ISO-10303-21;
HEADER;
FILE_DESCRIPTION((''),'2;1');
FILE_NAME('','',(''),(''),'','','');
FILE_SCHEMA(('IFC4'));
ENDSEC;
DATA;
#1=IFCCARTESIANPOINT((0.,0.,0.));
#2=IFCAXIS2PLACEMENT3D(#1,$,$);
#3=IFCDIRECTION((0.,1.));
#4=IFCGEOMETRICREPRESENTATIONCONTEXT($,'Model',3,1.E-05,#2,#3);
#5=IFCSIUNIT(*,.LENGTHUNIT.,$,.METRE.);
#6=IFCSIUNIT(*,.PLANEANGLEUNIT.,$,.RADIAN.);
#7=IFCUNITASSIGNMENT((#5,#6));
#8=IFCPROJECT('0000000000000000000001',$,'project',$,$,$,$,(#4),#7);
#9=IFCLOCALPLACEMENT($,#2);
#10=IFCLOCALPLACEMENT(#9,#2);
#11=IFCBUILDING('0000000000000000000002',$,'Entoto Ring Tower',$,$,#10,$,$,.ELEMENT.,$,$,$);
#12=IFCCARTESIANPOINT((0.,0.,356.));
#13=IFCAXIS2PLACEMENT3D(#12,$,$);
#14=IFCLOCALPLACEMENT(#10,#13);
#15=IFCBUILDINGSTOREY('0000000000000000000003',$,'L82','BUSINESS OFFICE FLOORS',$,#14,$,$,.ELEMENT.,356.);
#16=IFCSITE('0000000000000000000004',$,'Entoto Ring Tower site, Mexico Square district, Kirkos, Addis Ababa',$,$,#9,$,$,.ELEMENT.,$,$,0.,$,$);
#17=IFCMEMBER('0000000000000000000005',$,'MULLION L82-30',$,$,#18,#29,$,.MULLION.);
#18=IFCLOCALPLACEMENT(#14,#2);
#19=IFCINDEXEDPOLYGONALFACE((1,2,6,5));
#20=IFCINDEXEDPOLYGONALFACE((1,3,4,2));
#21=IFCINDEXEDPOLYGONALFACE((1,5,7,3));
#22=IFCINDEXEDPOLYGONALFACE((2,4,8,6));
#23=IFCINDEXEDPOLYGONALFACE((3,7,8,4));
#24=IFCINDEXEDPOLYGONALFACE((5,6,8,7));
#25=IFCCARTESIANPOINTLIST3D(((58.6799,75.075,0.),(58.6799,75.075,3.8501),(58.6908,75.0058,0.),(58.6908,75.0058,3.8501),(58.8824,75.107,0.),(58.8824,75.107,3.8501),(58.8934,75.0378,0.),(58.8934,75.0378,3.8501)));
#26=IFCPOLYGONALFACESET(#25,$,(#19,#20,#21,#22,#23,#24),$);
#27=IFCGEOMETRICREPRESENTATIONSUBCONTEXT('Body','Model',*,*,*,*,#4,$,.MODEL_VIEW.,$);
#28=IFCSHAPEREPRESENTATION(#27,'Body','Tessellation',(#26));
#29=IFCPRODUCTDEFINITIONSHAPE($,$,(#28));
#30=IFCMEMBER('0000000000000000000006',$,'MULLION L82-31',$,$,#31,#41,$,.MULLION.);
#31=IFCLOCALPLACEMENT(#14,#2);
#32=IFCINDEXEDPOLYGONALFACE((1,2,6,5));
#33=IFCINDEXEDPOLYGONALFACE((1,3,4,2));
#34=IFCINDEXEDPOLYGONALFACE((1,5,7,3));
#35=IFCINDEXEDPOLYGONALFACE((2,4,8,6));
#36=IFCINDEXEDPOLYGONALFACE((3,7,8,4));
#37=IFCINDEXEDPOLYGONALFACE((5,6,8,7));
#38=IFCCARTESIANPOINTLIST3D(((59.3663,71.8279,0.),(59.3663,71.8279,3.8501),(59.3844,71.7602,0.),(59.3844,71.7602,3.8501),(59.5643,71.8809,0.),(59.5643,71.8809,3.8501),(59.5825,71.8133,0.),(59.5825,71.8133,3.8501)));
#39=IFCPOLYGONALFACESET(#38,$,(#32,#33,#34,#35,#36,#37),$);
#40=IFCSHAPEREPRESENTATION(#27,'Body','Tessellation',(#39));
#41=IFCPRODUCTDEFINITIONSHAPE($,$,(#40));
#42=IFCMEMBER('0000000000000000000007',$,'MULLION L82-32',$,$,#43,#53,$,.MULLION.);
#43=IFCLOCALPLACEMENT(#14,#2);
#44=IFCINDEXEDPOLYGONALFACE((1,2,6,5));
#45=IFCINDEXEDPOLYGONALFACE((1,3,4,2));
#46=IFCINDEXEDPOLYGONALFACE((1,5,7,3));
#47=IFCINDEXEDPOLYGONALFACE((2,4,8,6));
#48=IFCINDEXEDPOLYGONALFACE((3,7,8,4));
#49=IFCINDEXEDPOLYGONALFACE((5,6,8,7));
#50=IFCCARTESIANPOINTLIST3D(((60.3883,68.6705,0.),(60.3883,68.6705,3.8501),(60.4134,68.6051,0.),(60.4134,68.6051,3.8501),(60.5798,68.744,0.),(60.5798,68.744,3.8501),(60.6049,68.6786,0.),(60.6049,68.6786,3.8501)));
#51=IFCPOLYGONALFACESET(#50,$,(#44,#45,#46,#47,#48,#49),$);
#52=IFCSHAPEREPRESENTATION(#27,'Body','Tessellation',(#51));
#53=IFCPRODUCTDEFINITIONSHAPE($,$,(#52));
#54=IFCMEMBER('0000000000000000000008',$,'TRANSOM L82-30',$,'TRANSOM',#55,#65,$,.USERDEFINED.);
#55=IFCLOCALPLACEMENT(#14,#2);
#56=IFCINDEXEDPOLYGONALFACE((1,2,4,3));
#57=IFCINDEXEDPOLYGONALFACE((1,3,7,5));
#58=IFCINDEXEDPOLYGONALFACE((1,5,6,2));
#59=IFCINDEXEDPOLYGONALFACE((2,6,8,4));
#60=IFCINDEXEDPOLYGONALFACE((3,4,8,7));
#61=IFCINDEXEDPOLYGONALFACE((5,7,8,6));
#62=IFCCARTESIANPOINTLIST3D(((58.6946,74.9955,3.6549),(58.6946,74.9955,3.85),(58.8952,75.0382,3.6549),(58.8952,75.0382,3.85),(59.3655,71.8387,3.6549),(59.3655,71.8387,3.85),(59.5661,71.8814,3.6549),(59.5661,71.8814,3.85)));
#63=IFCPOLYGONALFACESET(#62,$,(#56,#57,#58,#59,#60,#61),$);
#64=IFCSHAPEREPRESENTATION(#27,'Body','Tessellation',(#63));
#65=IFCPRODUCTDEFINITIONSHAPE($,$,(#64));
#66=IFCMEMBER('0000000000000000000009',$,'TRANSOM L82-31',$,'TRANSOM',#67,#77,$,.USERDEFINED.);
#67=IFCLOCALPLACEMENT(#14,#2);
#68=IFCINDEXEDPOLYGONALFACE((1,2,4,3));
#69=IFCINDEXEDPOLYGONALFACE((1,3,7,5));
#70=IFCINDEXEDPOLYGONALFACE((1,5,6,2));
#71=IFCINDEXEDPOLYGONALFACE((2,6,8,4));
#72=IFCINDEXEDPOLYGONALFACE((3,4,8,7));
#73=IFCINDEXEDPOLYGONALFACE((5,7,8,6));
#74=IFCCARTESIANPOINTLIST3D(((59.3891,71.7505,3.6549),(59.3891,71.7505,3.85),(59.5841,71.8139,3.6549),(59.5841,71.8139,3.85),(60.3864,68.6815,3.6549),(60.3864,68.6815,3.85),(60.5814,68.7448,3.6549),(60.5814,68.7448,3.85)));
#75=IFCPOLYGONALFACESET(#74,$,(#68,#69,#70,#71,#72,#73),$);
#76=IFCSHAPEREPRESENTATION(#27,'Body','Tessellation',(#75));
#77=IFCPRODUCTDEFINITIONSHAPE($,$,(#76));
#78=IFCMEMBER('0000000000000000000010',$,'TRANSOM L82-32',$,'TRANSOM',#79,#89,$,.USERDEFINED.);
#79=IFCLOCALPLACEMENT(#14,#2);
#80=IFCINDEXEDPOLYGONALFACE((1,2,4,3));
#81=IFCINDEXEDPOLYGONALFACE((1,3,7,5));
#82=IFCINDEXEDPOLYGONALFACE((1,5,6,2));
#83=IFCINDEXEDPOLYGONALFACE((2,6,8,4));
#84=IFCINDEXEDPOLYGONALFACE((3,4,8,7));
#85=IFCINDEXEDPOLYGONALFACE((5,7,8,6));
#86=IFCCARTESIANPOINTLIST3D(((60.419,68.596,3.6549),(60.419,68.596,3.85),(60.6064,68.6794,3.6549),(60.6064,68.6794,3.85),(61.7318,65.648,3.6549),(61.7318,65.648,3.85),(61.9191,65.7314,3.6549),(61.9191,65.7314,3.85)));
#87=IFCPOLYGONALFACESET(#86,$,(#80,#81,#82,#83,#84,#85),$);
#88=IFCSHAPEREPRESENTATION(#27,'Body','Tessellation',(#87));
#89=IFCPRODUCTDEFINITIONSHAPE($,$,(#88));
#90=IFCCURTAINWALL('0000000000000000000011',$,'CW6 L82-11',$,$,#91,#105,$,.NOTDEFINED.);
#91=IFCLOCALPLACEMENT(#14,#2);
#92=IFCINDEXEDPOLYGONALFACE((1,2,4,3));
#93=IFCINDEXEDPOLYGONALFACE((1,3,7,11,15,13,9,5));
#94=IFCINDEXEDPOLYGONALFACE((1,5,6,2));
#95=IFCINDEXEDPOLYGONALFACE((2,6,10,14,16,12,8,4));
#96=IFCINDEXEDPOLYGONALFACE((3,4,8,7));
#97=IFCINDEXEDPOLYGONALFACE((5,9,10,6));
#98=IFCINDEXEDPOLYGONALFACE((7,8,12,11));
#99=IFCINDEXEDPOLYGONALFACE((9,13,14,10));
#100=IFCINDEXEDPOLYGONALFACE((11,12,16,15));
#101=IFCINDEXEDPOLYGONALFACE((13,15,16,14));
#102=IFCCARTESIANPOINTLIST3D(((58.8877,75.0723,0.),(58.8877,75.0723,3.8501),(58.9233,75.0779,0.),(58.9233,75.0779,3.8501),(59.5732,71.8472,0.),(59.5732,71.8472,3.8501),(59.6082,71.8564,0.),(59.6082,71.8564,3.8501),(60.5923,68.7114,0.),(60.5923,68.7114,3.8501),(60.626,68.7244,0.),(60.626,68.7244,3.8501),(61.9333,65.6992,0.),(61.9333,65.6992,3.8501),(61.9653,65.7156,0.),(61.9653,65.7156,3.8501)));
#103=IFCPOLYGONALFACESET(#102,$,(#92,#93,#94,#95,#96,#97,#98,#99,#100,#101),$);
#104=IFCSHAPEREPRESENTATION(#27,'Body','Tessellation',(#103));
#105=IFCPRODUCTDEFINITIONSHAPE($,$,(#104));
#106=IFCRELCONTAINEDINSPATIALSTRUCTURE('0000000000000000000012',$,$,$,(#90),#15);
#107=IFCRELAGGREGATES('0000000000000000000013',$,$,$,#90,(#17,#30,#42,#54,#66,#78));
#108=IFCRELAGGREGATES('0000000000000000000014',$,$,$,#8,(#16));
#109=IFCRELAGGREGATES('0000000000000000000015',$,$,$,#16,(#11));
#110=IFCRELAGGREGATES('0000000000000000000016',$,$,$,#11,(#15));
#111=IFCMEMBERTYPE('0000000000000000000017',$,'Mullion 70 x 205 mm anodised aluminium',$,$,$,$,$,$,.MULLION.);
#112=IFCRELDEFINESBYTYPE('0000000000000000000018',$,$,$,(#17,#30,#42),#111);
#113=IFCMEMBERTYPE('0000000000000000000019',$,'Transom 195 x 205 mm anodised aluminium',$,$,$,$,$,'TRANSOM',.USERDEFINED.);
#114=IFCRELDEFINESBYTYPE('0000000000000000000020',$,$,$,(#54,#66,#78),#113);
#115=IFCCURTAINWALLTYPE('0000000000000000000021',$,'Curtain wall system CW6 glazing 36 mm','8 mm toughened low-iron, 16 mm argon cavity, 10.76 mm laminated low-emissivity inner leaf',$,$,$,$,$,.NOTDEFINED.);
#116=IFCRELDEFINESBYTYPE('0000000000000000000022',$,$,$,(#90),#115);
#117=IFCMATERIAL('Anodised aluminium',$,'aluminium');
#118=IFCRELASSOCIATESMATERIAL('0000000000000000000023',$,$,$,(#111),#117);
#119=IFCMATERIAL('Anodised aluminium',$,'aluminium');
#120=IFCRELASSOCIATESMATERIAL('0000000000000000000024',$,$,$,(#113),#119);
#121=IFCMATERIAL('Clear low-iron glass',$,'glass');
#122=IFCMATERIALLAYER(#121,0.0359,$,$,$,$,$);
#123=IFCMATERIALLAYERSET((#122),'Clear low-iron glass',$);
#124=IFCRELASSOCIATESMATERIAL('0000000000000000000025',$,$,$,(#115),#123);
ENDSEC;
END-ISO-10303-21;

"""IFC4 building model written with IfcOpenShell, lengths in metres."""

from ifc_helpers import new_model, si_unit, direction, frame, origin, origin_2d, place, context, subcontext, project, spatial, polyline, rectangle, outline, extrude, material, layer, layer_set, material_profile, profile_set, type_object, element, aggregate, save


model = new_model("IFC4")

# Units and contexts
model_context = context("Model", 3, precision=1e-05, world=origin(), true_north=direction((0.0, 1.0)))
body_context = subcontext(model_context, "Body", "Model", "MODEL_VIEW")
ifc_project = project(units=[si_unit("LENGTHUNIT", "METRE"), si_unit("PLANEANGLEUNIT", "RADIAN")], contexts=[model_context])

# Members
ifc_material_1 = material(Name="Anodised aluminium", Category="aluminium")
ifc_material_profile_1 = material_profile(ifc_material_1, rectangle(XDim=0.0701, YDim=0.2051, at=origin_2d()), Name="Mullion 70 x 205 mm anodised aluminium")
ifc_profile_set_1 = profile_set([ifc_material_profile_1], Name="Anodised aluminium")
member_type_1 = type_object("IfcMemberType", Name="Mullion 70 x 205 mm anodised aluminium", PredefinedType="MULLION", material=ifc_profile_set_1)
site_placement = place(None, origin())
building_placement = place(site_placement, origin())
storey_placement = place(building_placement, frame((0.0, 0.0, 356.0)))
member_1_placement = place(storey_placement, frame((58.7866, 75.0564, 0.0), z_axis=(0.0, 0.0, 1.0), x_axis=(0.156434, -0.987688, 0.0)))
member_1 = element("IfcMember", 1, at=member_1_placement, type_object=member_type_1, Name="MULLION L82-30", PredefinedType="MULLION", context=body_context, shape_type="SweptSolid", body=[
    extrude(rectangle(XDim=0.0701, YDim=0.2051, at=origin_2d()), origin(), (0.0, 0.0, 1.0), 3.8501),
])
member_2_placement = place(storey_placement, frame((59.4744, 71.8206, 0.0), z_axis=(0.0, 0.0, 1.0), x_axis=(0.258819, -0.965926, 0.0)))
member_2 = element("IfcMember", 2, at=member_2_placement, type_object=member_type_1, Name="MULLION L82-31", PredefinedType="MULLION", context=body_context, shape_type="SweptSolid", body=[
    extrude(rectangle(XDim=0.0701, YDim=0.2051, at=origin_2d()), origin(), (0.0, 0.0, 1.0), 3.8501),
])
member_3_placement = place(storey_placement, frame((60.4966, 68.6746, 0.0), z_axis=(0.0, 0.0, 1.0), x_axis=(0.358368, -0.93358, 0.0)))
member_3 = element("IfcMember", 3, at=member_3_placement, type_object=member_type_1, Name="MULLION L82-32", PredefinedType="MULLION", context=body_context, shape_type="SweptSolid", body=[
    extrude(rectangle(XDim=0.0701, YDim=0.2051, at=origin_2d()), origin(), (0.0, 0.0, 1.0), 3.8501),
])
ifc_material_2 = material(Name="Anodised aluminium", Category="aluminium")
ifc_material_profile_2 = material_profile(ifc_material_2, rectangle(XDim=0.2051, YDim=0.1951, at=origin_2d()), Name="Transom 195 x 205 mm anodised aluminium")
ifc_profile_set_2 = profile_set([ifc_material_profile_2], Name="Anodised aluminium")
member_type_2 = type_object("IfcMemberType", Name="Transom 195 x 205 mm anodised aluminium", ElementType="TRANSOM", PredefinedType="USERDEFINED", material=ifc_profile_set_2)
member_4_placement = place(storey_placement, frame((58.7949, 75.0168, 3.7524), z_axis=(0.207886, -0.978153, 0.0), x_axis=(0.978153, 0.207886, 0.0)))
member_4 = element("IfcMember", 4, at=member_4_placement, type_object=member_type_2, Name="TRANSOM L82-30", ObjectType="TRANSOM", PredefinedType="USERDEFINED", context=body_context, shape_type="SweptSolid", body=[
    extrude(rectangle(XDim=0.2051, YDim=0.1951, at=origin_2d()), origin(), (0.0, 0.0, 1.0), 3.2273),
])
member_5_placement = place(storey_placement, frame((59.4866, 71.7822, 3.7524), z_axis=(0.309047, -0.951047, 0.0), x_axis=(0.951047, 0.309047, 0.0)))
member_5 = element("IfcMember", 5, at=member_5_placement, type_object=member_type_2, Name="TRANSOM L82-31", ObjectType="TRANSOM", PredefinedType="USERDEFINED", context=body_context, shape_type="SweptSolid", body=[
    extrude(rectangle(XDim=0.2051, YDim=0.1951, at=origin_2d()), origin(), (0.0, 0.0, 1.0), 3.2271),
])
member_6_placement = place(storey_placement, frame((60.5127, 68.6377, 3.7524), z_axis=(0.406791, -0.913521, 0.0), x_axis=(0.913521, 0.406791, 0.0)))
member_6 = element("IfcMember", 6, at=member_6_placement, type_object=member_type_2, Name="TRANSOM L82-32", ObjectType="TRANSOM", PredefinedType="USERDEFINED", context=body_context, shape_type="SweptSolid", body=[
    extrude(rectangle(XDim=0.2051, YDim=0.1951, at=origin_2d()), origin(), (0.0, 0.0, 1.0), 3.2271),
])

# Site, building, storey
site = spatial("IfcSite", under=ifc_project, at=site_placement, Name="Entoto Ring Tower site, Mexico Square district, Kirkos, Addis Ababa", CompositionType="ELEMENT", RefElevation=0.0)
building = spatial("IfcBuilding", under=site, at=building_placement, Name="Entoto Ring Tower", CompositionType="ELEMENT")
storey = spatial("IfcBuildingStorey", under=building, at=storey_placement, Name="L82", Description="BUSINESS OFFICE FLOORS", CompositionType="ELEMENT", Elevation=356.0)

# Curtain wall
ifc_material_3 = material(Name="Clear low-iron glass", Category="glass")
ifc_layer = layer(ifc_material_3, 0.0359)
ifc_layer_set = layer_set([ifc_layer], Name="Clear low-iron glass")
curtain_wall_type = type_object("IfcCurtainWallType", Name="Curtain wall system CW6 glazing 36 mm", Description="8 mm toughened low-iron, 16 mm argon cavity, 10.76 mm laminated low-emissivity inner leaf", PredefinedType="NOTDEFINED", material=ifc_layer_set)
curtain_wall_1_placement = place(storey_placement, origin())
curtain_wall_1 = element("IfcCurtainWall", 7, at=curtain_wall_1_placement, inside=storey, type_object=curtain_wall_type, Name="CW6 L82-11", PredefinedType="NOTDEFINED", context=body_context, shape_type="SweptSolid", body=[
    extrude(outline(polyline([(58.8877, 75.0723), (59.5732, 71.8472), (60.5923, 68.7114), (61.9333, 65.6992), (61.9653, 65.7156), (60.626, 68.7244), (59.6082, 71.8564), (58.9233, 75.0779), (58.8877, 75.0723)])), origin(), (0.0, 0.0, 1.0), 3.8501),
])
aggregate(curtain_wall_1, [member_1, member_2, member_3, member_4, member_5, member_6])

save(model, "model.ifc")
